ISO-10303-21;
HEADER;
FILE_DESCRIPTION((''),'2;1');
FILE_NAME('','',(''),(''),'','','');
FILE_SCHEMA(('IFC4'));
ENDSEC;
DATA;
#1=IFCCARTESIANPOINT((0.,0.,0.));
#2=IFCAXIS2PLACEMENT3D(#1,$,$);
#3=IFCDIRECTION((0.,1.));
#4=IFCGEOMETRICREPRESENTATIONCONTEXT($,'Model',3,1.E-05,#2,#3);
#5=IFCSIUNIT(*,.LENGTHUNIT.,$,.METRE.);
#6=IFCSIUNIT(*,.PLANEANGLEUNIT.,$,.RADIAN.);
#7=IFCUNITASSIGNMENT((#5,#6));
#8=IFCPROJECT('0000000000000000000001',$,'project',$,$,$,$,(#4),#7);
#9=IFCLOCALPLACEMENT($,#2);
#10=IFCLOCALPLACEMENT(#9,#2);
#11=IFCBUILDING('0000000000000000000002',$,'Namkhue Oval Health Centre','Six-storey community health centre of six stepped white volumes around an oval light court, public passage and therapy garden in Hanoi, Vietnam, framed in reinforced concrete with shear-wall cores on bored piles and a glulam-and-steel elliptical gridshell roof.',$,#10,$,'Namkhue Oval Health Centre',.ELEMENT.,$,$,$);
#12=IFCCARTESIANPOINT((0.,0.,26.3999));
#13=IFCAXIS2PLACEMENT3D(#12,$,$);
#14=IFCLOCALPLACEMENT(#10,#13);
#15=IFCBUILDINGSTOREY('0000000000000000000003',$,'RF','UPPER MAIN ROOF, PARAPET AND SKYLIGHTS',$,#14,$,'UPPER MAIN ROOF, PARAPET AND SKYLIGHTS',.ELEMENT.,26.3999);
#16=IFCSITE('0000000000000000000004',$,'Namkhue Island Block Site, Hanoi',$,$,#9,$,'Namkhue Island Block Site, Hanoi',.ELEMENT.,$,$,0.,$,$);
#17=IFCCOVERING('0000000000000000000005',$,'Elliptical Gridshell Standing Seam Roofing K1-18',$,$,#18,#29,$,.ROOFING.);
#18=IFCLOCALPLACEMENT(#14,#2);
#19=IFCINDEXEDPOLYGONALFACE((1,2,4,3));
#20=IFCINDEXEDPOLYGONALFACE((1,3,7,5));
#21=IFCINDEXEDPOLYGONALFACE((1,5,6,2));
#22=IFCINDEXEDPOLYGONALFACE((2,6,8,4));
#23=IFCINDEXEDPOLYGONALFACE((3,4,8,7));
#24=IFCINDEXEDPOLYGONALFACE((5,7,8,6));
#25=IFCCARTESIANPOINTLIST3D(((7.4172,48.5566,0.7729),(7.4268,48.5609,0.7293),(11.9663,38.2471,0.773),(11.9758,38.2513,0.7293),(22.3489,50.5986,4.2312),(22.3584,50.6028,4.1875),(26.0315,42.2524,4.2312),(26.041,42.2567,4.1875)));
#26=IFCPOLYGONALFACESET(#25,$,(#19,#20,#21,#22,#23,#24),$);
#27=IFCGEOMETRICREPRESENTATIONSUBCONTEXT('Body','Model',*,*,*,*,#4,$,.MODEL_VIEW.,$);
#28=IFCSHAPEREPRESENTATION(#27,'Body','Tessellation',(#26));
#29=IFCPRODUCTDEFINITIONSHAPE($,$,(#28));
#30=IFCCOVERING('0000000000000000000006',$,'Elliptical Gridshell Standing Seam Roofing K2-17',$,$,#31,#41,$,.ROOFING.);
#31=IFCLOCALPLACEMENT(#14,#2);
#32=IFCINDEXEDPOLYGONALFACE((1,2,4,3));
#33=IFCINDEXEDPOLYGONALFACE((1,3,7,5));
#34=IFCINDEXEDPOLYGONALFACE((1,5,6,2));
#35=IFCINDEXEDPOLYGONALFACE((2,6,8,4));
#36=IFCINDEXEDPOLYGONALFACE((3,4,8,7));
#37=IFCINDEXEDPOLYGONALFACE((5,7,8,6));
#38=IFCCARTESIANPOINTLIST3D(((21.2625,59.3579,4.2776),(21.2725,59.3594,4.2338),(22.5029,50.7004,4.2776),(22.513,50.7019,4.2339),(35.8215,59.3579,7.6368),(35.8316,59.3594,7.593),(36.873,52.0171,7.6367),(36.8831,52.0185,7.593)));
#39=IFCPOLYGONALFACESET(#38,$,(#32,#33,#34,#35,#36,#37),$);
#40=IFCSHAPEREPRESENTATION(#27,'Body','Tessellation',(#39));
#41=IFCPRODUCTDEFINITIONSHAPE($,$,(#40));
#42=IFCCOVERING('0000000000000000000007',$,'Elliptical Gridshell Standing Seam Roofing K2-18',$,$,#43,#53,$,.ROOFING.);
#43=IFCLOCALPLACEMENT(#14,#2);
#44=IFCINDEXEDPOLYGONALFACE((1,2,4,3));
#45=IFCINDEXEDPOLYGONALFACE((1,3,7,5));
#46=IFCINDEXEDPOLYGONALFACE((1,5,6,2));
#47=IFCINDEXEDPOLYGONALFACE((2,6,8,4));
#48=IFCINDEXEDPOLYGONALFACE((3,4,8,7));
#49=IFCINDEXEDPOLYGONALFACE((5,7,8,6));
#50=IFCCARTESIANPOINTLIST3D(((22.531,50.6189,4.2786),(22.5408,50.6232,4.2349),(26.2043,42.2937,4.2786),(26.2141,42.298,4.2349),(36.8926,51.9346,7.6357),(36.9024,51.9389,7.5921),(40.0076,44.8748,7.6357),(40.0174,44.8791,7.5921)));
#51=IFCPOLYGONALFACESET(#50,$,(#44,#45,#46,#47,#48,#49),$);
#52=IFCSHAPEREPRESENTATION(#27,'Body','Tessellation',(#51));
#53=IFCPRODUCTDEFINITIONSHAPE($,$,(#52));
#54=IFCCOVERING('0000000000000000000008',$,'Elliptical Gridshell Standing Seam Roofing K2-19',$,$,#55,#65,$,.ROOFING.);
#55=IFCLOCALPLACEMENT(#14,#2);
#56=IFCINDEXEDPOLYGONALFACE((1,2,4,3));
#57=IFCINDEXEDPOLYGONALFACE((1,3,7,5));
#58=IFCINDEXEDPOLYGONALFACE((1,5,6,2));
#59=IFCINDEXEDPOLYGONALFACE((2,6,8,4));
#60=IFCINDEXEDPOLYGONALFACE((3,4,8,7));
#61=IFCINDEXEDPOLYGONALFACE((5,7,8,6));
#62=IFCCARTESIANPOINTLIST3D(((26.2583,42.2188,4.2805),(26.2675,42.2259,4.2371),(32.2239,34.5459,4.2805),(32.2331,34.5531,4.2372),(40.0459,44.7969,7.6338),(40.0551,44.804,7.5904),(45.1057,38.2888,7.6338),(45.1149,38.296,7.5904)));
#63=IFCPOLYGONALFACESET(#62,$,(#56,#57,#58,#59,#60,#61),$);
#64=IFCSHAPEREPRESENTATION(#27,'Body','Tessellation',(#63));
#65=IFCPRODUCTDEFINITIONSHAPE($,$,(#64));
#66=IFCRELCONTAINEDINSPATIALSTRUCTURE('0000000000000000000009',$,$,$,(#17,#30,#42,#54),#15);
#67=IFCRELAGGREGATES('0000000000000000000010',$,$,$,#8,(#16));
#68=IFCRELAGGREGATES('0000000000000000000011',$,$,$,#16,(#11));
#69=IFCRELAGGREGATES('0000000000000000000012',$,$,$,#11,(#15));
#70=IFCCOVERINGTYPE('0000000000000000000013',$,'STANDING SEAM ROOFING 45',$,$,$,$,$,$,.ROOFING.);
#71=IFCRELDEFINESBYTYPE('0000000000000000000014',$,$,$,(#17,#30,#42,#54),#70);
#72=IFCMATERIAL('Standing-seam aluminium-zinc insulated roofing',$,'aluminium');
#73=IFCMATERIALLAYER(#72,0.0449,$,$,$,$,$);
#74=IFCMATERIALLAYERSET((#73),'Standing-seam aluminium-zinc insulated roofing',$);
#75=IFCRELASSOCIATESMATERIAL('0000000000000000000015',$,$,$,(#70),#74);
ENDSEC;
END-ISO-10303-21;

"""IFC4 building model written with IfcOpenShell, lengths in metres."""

from ifc_helpers import new_model, si_unit, direction, frame, origin, place, context, subcontext, project, spatial, polyline, outline, extrude, material, layer, layer_set, type_object, element, save


model = new_model("IFC4")

# Units and contexts
model_context = context("Model", 3, precision=1e-05, world=origin(), true_north=direction((0.0, 1.0)))
body_context = subcontext(model_context, "Body", "Model", "MODEL_VIEW")
ifc_project = project(units=[si_unit("LENGTHUNIT", "METRE"), si_unit("PLANEANGLEUNIT", "RADIAN")], contexts=[model_context])

# Site, building, storey
site_placement = place(None, origin())
site = spatial("IfcSite", under=ifc_project, at=site_placement, Name="Namkhue Island Block Site, Hanoi", LongName="Namkhue Island Block Site, Hanoi", CompositionType="ELEMENT", RefElevation=0.0)
building_placement = place(site_placement, origin())
building = spatial("IfcBuilding", under=site, at=building_placement, Name="Namkhue Oval Health Centre", Description="Six-storey community health centre of six stepped white volumes around an oval light court, public passage and therapy garden in Hanoi, Vietnam, framed in reinforced concrete with shear-wall cores on bored piles and a glulam-and-steel elliptical gridshell roof.", LongName="Namkhue Oval Health Centre", CompositionType="ELEMENT")
storey_placement = place(building_placement, frame((0.0, 0.0, 26.3999)))
storey = spatial("IfcBuildingStorey", under=building, at=storey_placement, Name="RF", Description="UPPER MAIN ROOF, PARAPET AND SKYLIGHTS", LongName="UPPER MAIN ROOF, PARAPET AND SKYLIGHTS", CompositionType="ELEMENT", Elevation=26.3999)

# Coverings
ifc_material_1 = material(Name="Standing-seam aluminium-zinc insulated roofing", Category="aluminium")
ifc_layer_1 = layer(ifc_material_1, 0.0449)
ifc_layer_set_1 = layer_set([ifc_layer_1], Name="Standing-seam aluminium-zinc insulated roofing")
covering_type_1 = type_object("IfcCoveringType", Name="STANDING SEAM ROOFING 45", PredefinedType="ROOFING", material=ifc_layer_set_1)
covering_1_placement = place(storey_placement, frame((7.4172, 48.5566, 0.7729), z_axis=(-0.212455, -0.093744, 0.972664), x_axis=(0.403694, -0.914894, 0.000001)))
element("IfcCovering", 1, at=covering_1_placement, inside=storey, type_object=covering_type_1, Name="Elliptical Gridshell Standing Seam Roofing K1-18", PredefinedType="ROOFING", context=body_context, shape_type="SweptSolid", body=[
    extrude(outline(polyline([(0.0, 0.0), (11.2686, 0.0), (13.2821, 14.8922), (4.1596, 14.8923), (0.0, 0.0)])), origin(), (0.0, 0.0, -1.0), 0.0449),
])
covering_2_placement = place(storey_placement, frame((21.2625, 59.3579, 4.2776), z_axis=(-0.224704, -0.032192, 0.973895), x_axis=(0.141835, -0.98989, 0.000004)))
element("IfcCovering", 2, at=covering_2_placement, inside=storey, type_object=covering_type_1, Name="Elliptical Gridshell Standing Seam Roofing K2-17", PredefinedType="ROOFING", context=body_context, shape_type="SweptSolid", body=[
    extrude(outline(polyline([(0.0, 0.0), (8.7459, 0.0), (9.4807, 14.7979), (2.065, 14.7982), (0.0, 0.0)])), origin(), (0.0, 0.0, -1.0), 0.0449),
])
covering_3_placement = place(storey_placement, frame((22.531, 50.6189, 4.2786), z_axis=(-0.218196, -0.096275, 0.971144), x_axis=(0.403682, -0.914899, 0.0)))
element("IfcCovering", 3, at=covering_3_placement, inside=storey, type_object=covering_type_1, Name="Elliptical Gridshell Standing Seam Roofing K2-18", PredefinedType="ROOFING", context=body_context, shape_type="SweptSolid", body=[
    extrude(outline(polyline([(0.0, 0.0), (9.0996, 0.0), (12.3103, 14.0767), (4.5938, 14.0767), (0.0, 0.0)])), origin(), (0.0, 0.0, -1.0), 0.0449),
])
covering_4_placement = place(storey_placement, frame((26.2583, 42.2188, 4.2805), z_axis=(-0.205053, -0.159425, 0.96568), x_axis=(0.613799, -0.789462, 0.000002)))
element("IfcCovering", 4, at=covering_4_placement, inside=storey, type_object=covering_type_1, Name="Elliptical Gridshell Standing Seam Roofing K2-19", PredefinedType="ROOFING", context=body_context, shape_type="SweptSolid", body=[
    extrude(outline(polyline([(0.0, 0.0), (9.7191, 0.0), (14.6711, 12.9102), (6.4275, 12.9103), (0.0, 0.0)])), origin(), (0.0, 0.0, -1.0), 0.0449),
])

save(model, "model.ifc")
